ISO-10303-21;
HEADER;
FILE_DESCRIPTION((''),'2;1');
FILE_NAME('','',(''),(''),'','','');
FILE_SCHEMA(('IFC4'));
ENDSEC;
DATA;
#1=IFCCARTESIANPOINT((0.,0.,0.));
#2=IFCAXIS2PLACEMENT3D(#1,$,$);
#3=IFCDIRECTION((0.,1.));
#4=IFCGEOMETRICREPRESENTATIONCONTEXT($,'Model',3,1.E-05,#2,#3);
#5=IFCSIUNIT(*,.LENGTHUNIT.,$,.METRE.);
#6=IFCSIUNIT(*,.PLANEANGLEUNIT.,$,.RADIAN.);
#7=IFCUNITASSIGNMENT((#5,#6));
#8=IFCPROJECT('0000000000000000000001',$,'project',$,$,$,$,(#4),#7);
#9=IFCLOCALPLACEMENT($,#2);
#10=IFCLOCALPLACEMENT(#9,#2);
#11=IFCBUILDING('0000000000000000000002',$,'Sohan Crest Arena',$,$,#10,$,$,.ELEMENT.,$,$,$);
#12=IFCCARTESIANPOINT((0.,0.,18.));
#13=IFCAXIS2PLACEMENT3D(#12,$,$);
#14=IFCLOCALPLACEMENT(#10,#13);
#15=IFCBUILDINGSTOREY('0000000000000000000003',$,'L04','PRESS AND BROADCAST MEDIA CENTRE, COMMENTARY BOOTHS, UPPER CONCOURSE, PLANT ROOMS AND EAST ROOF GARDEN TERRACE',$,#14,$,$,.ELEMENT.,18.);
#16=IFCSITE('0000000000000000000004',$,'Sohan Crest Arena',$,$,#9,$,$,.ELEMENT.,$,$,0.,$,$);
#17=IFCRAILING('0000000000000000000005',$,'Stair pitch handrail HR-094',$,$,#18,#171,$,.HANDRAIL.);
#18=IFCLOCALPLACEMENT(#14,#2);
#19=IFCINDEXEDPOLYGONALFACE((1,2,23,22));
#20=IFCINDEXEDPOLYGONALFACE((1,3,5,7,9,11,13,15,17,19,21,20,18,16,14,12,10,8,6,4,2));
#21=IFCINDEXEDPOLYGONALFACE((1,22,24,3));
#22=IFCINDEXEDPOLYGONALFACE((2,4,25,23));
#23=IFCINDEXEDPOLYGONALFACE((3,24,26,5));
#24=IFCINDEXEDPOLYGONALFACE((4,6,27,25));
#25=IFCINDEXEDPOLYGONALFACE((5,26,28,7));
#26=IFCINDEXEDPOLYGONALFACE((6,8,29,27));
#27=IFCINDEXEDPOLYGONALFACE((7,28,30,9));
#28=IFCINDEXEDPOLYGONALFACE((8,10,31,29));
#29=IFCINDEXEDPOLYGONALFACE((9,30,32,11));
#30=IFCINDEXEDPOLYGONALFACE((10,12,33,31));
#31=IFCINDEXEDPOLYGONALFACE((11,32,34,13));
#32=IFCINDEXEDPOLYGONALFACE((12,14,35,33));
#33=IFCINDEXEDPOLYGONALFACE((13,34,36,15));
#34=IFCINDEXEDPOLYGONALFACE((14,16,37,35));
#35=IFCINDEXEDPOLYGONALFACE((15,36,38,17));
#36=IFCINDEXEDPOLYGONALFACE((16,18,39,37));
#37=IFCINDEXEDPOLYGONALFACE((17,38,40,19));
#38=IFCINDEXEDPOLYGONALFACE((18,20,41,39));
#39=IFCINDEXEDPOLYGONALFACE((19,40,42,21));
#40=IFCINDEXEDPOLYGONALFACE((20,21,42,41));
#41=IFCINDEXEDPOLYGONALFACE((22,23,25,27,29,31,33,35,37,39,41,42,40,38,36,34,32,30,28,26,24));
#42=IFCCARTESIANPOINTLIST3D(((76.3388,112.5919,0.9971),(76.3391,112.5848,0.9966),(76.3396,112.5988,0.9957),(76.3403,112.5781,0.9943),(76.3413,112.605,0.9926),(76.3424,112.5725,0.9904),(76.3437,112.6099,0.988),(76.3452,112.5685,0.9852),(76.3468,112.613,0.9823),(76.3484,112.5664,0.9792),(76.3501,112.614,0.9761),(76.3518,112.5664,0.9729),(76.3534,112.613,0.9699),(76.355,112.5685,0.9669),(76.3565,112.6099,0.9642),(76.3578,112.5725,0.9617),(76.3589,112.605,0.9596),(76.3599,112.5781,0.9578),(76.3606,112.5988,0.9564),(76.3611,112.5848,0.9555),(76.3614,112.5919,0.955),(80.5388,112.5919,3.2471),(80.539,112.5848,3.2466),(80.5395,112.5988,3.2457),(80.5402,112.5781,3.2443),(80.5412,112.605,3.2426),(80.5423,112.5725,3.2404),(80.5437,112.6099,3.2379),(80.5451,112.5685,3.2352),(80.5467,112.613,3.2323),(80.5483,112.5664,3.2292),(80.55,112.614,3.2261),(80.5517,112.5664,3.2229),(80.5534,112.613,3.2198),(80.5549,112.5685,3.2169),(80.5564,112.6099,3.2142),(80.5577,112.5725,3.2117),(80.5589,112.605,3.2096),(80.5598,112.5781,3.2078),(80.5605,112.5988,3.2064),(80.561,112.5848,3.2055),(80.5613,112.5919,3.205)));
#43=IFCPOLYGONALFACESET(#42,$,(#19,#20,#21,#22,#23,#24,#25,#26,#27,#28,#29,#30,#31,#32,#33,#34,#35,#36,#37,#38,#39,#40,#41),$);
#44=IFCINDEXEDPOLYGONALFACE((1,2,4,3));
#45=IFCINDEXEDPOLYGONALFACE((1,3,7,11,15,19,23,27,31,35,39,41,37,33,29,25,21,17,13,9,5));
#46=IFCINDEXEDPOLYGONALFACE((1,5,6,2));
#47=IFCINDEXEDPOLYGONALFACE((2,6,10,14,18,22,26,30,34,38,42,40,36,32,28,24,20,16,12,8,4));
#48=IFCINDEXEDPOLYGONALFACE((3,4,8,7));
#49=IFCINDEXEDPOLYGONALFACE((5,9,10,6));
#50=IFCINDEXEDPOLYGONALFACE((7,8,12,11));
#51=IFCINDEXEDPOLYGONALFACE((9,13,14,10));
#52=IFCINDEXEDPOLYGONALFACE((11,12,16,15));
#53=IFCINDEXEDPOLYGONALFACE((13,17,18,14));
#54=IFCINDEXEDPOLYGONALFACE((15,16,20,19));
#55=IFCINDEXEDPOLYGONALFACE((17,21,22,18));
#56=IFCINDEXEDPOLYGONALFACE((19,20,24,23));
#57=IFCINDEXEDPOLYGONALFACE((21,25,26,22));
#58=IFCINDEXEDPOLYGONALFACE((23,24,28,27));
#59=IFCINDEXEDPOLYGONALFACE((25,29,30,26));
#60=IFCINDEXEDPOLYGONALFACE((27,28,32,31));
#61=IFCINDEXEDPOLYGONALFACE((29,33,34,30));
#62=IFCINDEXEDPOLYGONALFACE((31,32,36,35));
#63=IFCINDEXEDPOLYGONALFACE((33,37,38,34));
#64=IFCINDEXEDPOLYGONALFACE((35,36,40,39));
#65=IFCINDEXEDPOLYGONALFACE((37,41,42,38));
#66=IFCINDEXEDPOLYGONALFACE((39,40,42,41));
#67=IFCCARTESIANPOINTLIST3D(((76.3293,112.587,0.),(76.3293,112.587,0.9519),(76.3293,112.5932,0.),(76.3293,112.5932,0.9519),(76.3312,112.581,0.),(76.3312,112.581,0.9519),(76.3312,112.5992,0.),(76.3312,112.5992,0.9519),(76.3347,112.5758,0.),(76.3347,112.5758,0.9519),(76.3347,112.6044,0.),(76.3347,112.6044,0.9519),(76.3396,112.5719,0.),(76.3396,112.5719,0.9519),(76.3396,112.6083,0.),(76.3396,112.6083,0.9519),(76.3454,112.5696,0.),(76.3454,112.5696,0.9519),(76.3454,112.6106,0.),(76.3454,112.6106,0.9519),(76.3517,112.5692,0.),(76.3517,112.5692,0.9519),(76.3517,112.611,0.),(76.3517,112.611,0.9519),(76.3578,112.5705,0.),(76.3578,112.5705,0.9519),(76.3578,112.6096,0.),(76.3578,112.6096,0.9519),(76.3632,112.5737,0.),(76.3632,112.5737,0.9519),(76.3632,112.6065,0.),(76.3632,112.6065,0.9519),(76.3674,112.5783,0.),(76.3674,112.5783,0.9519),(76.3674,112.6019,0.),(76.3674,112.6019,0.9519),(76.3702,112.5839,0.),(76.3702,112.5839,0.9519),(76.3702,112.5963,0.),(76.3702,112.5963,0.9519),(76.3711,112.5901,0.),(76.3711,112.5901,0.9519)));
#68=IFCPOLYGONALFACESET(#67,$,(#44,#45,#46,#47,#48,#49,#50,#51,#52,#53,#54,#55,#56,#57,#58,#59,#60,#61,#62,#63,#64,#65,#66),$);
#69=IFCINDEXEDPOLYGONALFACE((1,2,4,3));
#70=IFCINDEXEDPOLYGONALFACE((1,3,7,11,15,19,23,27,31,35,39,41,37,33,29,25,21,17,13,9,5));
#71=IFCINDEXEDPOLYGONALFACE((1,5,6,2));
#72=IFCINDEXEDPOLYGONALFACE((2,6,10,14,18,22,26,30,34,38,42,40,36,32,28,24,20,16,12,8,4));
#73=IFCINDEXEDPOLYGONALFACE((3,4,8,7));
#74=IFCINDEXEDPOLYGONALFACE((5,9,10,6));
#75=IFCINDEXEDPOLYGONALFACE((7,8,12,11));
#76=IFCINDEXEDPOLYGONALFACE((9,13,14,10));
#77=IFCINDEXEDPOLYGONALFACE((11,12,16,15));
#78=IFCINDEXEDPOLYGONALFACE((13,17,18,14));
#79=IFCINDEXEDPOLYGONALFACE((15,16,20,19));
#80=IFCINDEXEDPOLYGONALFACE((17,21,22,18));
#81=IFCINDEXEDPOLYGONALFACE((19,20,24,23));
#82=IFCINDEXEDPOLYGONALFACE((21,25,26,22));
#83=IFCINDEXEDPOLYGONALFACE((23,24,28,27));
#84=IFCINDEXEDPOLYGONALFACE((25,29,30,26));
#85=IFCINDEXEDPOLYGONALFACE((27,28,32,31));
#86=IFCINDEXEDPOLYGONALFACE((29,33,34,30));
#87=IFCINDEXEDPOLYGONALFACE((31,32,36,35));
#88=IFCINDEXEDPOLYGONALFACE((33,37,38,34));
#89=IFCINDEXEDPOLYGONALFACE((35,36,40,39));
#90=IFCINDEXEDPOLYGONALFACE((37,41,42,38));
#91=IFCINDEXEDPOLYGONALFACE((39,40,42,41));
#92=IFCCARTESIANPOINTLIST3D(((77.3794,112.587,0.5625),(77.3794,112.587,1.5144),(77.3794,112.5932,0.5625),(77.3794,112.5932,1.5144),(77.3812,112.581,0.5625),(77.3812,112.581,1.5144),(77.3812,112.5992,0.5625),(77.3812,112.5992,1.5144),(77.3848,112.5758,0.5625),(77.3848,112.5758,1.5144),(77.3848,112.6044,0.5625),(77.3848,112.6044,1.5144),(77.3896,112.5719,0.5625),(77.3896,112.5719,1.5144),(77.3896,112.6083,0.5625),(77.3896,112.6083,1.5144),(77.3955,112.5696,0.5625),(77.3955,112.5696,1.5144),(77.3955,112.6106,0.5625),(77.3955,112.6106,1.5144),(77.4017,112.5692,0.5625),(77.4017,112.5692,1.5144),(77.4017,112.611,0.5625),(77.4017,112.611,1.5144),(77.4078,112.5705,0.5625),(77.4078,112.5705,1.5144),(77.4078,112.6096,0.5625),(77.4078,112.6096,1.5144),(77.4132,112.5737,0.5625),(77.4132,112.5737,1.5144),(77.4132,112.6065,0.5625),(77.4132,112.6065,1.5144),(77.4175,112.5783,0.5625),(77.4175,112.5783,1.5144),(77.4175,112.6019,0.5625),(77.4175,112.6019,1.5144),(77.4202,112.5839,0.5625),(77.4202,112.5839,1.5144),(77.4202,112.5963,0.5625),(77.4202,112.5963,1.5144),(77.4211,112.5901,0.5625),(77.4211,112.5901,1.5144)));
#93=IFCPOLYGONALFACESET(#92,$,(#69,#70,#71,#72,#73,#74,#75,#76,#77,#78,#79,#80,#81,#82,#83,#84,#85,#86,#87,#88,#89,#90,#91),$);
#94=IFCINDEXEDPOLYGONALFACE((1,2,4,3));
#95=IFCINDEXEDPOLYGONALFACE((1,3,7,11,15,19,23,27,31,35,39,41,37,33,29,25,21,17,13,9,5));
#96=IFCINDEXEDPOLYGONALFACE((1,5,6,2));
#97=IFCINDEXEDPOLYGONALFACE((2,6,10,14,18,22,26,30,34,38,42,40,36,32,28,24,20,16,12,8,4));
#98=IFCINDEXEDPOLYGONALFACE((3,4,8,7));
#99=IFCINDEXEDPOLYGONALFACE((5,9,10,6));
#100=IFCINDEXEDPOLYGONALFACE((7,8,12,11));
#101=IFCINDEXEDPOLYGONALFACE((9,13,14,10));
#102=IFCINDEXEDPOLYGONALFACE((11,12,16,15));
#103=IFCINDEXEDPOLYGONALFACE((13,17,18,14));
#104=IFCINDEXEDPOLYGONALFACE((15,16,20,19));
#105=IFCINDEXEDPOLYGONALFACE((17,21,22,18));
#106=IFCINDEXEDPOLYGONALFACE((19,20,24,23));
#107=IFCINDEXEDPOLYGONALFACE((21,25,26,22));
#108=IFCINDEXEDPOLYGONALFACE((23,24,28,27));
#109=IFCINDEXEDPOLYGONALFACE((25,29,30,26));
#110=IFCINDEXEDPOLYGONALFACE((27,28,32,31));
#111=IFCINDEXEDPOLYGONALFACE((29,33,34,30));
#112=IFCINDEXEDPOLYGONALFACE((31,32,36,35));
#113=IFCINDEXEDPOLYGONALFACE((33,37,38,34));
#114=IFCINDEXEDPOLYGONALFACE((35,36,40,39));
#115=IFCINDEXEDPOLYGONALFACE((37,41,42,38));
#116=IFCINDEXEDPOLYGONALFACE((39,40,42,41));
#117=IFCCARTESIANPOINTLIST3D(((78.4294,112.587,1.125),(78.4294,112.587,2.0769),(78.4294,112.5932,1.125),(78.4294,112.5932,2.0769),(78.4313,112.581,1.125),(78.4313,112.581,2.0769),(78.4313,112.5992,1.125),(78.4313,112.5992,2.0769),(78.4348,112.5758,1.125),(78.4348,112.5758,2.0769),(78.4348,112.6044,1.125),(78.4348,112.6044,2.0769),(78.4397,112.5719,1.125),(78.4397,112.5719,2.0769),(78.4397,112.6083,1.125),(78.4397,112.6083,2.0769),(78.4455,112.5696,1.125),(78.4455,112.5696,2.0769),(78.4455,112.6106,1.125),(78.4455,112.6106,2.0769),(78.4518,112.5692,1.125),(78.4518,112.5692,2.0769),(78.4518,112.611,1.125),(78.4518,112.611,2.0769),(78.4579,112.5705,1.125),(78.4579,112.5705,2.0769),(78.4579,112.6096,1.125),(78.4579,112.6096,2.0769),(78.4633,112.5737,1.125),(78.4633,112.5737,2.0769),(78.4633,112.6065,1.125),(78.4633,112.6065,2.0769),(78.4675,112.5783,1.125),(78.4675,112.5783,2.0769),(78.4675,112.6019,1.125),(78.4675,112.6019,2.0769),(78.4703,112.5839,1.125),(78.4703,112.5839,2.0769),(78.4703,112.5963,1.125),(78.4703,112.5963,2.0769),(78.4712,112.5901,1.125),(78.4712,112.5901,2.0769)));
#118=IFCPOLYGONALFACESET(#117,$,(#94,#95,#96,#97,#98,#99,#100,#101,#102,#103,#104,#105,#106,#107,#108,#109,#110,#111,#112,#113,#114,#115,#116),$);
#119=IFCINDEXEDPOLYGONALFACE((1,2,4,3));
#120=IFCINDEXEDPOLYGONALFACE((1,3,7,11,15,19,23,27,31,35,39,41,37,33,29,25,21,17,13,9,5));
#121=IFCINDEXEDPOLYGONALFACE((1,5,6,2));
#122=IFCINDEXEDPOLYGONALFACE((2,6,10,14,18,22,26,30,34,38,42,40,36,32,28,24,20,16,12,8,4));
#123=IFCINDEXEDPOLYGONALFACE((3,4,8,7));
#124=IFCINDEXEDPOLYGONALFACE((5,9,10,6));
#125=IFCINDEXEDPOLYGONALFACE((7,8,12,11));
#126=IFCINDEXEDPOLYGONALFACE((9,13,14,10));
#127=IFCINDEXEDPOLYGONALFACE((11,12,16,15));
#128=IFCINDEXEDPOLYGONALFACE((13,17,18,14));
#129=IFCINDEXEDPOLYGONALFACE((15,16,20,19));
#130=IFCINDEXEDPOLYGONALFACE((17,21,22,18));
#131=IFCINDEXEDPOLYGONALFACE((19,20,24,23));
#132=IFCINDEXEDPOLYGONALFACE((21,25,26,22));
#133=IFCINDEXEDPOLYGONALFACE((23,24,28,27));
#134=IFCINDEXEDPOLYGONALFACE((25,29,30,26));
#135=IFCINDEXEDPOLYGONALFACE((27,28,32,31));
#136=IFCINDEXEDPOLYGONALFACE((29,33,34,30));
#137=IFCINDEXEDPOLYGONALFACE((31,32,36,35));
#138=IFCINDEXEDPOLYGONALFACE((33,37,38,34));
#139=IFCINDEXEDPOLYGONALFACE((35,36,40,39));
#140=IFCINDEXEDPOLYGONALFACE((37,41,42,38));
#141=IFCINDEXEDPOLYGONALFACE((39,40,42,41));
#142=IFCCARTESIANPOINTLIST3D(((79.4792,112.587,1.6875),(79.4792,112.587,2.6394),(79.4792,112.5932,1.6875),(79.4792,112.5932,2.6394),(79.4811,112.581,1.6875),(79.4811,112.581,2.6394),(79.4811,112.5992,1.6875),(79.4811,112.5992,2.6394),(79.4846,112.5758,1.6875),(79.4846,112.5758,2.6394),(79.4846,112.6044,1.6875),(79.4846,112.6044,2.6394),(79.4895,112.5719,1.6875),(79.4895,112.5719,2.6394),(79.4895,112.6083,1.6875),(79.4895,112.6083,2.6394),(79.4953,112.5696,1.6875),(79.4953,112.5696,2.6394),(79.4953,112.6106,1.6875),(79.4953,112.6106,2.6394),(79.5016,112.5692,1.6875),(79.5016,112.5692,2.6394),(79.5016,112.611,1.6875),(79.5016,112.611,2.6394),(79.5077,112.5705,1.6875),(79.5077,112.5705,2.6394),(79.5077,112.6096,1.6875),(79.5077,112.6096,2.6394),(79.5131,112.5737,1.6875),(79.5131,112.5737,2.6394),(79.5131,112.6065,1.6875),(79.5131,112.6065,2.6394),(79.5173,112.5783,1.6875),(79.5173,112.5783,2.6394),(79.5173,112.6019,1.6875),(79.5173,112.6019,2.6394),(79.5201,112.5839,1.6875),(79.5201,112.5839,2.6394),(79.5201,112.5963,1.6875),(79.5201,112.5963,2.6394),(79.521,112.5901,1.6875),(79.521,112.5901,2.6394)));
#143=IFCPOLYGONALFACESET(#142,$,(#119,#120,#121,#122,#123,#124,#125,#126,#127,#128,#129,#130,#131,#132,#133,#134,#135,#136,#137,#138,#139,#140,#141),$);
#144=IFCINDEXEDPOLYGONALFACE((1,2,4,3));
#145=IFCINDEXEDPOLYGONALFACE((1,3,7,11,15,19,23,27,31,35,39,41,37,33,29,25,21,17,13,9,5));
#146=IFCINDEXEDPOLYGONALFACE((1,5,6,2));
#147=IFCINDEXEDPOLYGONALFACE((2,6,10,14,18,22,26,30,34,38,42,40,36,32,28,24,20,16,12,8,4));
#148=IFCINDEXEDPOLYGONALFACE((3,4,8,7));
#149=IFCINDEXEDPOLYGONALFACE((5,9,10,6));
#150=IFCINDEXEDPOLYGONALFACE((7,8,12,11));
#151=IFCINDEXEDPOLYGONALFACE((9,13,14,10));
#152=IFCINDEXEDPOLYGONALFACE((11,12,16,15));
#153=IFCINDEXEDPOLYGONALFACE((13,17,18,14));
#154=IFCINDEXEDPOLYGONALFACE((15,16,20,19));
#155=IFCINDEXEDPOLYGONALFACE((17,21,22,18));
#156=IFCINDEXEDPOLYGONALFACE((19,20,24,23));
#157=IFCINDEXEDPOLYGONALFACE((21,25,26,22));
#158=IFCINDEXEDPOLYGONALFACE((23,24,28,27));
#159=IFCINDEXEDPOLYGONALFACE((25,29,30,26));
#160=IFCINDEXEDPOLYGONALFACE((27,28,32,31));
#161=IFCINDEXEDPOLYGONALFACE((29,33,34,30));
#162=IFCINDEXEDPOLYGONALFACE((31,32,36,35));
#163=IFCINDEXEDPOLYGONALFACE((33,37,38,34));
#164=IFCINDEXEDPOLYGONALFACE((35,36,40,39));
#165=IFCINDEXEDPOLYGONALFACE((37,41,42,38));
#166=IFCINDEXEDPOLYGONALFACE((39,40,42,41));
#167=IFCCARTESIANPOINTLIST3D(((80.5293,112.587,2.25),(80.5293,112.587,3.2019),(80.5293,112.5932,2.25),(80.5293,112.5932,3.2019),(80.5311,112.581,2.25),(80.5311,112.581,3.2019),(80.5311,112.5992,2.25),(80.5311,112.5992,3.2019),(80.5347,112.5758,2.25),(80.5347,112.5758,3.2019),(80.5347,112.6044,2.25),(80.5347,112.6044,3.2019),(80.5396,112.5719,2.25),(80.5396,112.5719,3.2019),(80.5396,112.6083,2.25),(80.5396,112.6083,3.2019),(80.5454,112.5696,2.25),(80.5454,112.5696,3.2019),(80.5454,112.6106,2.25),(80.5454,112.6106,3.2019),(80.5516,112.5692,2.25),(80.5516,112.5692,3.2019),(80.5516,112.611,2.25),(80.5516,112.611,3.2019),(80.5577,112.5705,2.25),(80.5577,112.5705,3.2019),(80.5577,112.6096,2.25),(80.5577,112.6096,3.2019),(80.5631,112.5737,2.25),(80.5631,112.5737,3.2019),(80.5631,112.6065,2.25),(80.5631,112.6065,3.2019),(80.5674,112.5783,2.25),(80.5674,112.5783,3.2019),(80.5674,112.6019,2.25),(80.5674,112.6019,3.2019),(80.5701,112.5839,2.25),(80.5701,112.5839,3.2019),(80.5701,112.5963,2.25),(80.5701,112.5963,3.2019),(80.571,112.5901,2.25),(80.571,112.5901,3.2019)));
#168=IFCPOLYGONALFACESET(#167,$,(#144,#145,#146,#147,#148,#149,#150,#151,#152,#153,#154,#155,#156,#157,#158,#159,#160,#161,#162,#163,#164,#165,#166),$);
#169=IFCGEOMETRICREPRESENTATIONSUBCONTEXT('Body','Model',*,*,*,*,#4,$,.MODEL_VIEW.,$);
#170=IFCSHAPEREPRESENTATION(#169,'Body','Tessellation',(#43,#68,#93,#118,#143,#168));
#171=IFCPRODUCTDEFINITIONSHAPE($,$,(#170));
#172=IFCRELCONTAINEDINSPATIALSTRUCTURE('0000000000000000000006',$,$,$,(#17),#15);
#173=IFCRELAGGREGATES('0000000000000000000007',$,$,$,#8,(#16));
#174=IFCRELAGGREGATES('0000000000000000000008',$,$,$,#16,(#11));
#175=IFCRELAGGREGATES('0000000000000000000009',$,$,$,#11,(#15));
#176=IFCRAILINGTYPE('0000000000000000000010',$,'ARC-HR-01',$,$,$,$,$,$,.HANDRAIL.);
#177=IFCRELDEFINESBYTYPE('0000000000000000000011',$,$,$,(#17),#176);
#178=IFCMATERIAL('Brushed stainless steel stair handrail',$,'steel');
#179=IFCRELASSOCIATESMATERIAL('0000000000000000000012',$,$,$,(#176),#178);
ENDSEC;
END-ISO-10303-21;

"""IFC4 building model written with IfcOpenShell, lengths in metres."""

from ifc_helpers import new_model, si_unit, direction, frame, origin, origin_2d, place, context, subcontext, project, spatial, circle, extrude, material, type_object, element, save


model = new_model("IFC4")

# Units and contexts
model_context = context("Model", 3, precision=1e-05, world=origin(), true_north=direction((0.0, 1.0)))
body_context = subcontext(model_context, "Body", "Model", "MODEL_VIEW")
ifc_project = project(units=[si_unit("LENGTHUNIT", "METRE"), si_unit("PLANEANGLEUNIT", "RADIAN")], contexts=[model_context])

# Site, building, storey
site_placement = place(None, origin())
site = spatial("IfcSite", under=ifc_project, at=site_placement, Name="Sohan Crest Arena", CompositionType="ELEMENT", RefElevation=0.0)
building_placement = place(site_placement, origin())
building = spatial("IfcBuilding", under=site, at=building_placement, Name="Sohan Crest Arena", CompositionType="ELEMENT")
storey_placement = place(building_placement, frame((0.0, 0.0, 18.0)))
storey = spatial("IfcBuildingStorey", under=building, at=storey_placement, Name="L04", Description="PRESS AND BROADCAST MEDIA CENTRE, COMMENTARY BOOTHS, UPPER CONCOURSE, PLANT ROOMS AND EAST ROOF GARDEN TERRACE", CompositionType="ELEMENT", Elevation=18.0)

# Railing
ifc_material_1 = material(Name="Brushed stainless steel stair handrail", Category="steel")
railing_type_1 = type_object("IfcRailingType", Name="ARC-HR-01", PredefinedType="HANDRAIL", material=ifc_material_1)
for number, where, name in (
    (1, (76.3501, 112.5901, 0.0), "Stair pitch handrail HR-094"),
):
    element("IfcRailing", number, at=place(storey_placement, frame(where)), inside=storey, type_object=railing_type_1, Name=name, PredefinedType="HANDRAIL", context=body_context, shape_type="SweptSolid", body=[
        extrude(circle(Radius=0.0239, at=origin_2d()), frame((0.0, 0.0, 0.9761), z_axis=(0.881478, 0.0, 0.472226), x_axis=(0.0, 1.0, 0.0)), (0.0, 0.0, 1.0), 4.7646),
        extrude(circle(Radius=0.021, at=origin_2d()), origin(), (0.0, 0.0, 1.0), 0.9519),
        extrude(circle(Radius=0.021, at=origin_2d()), frame((1.05, 0.0, 0.5625)), (0.0, 0.0, 1.0), 0.9519),
        extrude(circle(Radius=0.021, at=origin_2d()), frame((2.1001, 0.0, 1.125)), (0.0, 0.0, 1.0), 0.9519),
        extrude(circle(Radius=0.021, at=origin_2d()), frame((3.1499, 0.0, 1.6875)), (0.0, 0.0, 1.0), 0.9519),
        extrude(circle(Radius=0.021, at=origin_2d()), frame((4.2, 0.0, 2.25)), (0.0, 0.0, 1.0), 0.9519),
    ])

save(model, "model.ifc")
